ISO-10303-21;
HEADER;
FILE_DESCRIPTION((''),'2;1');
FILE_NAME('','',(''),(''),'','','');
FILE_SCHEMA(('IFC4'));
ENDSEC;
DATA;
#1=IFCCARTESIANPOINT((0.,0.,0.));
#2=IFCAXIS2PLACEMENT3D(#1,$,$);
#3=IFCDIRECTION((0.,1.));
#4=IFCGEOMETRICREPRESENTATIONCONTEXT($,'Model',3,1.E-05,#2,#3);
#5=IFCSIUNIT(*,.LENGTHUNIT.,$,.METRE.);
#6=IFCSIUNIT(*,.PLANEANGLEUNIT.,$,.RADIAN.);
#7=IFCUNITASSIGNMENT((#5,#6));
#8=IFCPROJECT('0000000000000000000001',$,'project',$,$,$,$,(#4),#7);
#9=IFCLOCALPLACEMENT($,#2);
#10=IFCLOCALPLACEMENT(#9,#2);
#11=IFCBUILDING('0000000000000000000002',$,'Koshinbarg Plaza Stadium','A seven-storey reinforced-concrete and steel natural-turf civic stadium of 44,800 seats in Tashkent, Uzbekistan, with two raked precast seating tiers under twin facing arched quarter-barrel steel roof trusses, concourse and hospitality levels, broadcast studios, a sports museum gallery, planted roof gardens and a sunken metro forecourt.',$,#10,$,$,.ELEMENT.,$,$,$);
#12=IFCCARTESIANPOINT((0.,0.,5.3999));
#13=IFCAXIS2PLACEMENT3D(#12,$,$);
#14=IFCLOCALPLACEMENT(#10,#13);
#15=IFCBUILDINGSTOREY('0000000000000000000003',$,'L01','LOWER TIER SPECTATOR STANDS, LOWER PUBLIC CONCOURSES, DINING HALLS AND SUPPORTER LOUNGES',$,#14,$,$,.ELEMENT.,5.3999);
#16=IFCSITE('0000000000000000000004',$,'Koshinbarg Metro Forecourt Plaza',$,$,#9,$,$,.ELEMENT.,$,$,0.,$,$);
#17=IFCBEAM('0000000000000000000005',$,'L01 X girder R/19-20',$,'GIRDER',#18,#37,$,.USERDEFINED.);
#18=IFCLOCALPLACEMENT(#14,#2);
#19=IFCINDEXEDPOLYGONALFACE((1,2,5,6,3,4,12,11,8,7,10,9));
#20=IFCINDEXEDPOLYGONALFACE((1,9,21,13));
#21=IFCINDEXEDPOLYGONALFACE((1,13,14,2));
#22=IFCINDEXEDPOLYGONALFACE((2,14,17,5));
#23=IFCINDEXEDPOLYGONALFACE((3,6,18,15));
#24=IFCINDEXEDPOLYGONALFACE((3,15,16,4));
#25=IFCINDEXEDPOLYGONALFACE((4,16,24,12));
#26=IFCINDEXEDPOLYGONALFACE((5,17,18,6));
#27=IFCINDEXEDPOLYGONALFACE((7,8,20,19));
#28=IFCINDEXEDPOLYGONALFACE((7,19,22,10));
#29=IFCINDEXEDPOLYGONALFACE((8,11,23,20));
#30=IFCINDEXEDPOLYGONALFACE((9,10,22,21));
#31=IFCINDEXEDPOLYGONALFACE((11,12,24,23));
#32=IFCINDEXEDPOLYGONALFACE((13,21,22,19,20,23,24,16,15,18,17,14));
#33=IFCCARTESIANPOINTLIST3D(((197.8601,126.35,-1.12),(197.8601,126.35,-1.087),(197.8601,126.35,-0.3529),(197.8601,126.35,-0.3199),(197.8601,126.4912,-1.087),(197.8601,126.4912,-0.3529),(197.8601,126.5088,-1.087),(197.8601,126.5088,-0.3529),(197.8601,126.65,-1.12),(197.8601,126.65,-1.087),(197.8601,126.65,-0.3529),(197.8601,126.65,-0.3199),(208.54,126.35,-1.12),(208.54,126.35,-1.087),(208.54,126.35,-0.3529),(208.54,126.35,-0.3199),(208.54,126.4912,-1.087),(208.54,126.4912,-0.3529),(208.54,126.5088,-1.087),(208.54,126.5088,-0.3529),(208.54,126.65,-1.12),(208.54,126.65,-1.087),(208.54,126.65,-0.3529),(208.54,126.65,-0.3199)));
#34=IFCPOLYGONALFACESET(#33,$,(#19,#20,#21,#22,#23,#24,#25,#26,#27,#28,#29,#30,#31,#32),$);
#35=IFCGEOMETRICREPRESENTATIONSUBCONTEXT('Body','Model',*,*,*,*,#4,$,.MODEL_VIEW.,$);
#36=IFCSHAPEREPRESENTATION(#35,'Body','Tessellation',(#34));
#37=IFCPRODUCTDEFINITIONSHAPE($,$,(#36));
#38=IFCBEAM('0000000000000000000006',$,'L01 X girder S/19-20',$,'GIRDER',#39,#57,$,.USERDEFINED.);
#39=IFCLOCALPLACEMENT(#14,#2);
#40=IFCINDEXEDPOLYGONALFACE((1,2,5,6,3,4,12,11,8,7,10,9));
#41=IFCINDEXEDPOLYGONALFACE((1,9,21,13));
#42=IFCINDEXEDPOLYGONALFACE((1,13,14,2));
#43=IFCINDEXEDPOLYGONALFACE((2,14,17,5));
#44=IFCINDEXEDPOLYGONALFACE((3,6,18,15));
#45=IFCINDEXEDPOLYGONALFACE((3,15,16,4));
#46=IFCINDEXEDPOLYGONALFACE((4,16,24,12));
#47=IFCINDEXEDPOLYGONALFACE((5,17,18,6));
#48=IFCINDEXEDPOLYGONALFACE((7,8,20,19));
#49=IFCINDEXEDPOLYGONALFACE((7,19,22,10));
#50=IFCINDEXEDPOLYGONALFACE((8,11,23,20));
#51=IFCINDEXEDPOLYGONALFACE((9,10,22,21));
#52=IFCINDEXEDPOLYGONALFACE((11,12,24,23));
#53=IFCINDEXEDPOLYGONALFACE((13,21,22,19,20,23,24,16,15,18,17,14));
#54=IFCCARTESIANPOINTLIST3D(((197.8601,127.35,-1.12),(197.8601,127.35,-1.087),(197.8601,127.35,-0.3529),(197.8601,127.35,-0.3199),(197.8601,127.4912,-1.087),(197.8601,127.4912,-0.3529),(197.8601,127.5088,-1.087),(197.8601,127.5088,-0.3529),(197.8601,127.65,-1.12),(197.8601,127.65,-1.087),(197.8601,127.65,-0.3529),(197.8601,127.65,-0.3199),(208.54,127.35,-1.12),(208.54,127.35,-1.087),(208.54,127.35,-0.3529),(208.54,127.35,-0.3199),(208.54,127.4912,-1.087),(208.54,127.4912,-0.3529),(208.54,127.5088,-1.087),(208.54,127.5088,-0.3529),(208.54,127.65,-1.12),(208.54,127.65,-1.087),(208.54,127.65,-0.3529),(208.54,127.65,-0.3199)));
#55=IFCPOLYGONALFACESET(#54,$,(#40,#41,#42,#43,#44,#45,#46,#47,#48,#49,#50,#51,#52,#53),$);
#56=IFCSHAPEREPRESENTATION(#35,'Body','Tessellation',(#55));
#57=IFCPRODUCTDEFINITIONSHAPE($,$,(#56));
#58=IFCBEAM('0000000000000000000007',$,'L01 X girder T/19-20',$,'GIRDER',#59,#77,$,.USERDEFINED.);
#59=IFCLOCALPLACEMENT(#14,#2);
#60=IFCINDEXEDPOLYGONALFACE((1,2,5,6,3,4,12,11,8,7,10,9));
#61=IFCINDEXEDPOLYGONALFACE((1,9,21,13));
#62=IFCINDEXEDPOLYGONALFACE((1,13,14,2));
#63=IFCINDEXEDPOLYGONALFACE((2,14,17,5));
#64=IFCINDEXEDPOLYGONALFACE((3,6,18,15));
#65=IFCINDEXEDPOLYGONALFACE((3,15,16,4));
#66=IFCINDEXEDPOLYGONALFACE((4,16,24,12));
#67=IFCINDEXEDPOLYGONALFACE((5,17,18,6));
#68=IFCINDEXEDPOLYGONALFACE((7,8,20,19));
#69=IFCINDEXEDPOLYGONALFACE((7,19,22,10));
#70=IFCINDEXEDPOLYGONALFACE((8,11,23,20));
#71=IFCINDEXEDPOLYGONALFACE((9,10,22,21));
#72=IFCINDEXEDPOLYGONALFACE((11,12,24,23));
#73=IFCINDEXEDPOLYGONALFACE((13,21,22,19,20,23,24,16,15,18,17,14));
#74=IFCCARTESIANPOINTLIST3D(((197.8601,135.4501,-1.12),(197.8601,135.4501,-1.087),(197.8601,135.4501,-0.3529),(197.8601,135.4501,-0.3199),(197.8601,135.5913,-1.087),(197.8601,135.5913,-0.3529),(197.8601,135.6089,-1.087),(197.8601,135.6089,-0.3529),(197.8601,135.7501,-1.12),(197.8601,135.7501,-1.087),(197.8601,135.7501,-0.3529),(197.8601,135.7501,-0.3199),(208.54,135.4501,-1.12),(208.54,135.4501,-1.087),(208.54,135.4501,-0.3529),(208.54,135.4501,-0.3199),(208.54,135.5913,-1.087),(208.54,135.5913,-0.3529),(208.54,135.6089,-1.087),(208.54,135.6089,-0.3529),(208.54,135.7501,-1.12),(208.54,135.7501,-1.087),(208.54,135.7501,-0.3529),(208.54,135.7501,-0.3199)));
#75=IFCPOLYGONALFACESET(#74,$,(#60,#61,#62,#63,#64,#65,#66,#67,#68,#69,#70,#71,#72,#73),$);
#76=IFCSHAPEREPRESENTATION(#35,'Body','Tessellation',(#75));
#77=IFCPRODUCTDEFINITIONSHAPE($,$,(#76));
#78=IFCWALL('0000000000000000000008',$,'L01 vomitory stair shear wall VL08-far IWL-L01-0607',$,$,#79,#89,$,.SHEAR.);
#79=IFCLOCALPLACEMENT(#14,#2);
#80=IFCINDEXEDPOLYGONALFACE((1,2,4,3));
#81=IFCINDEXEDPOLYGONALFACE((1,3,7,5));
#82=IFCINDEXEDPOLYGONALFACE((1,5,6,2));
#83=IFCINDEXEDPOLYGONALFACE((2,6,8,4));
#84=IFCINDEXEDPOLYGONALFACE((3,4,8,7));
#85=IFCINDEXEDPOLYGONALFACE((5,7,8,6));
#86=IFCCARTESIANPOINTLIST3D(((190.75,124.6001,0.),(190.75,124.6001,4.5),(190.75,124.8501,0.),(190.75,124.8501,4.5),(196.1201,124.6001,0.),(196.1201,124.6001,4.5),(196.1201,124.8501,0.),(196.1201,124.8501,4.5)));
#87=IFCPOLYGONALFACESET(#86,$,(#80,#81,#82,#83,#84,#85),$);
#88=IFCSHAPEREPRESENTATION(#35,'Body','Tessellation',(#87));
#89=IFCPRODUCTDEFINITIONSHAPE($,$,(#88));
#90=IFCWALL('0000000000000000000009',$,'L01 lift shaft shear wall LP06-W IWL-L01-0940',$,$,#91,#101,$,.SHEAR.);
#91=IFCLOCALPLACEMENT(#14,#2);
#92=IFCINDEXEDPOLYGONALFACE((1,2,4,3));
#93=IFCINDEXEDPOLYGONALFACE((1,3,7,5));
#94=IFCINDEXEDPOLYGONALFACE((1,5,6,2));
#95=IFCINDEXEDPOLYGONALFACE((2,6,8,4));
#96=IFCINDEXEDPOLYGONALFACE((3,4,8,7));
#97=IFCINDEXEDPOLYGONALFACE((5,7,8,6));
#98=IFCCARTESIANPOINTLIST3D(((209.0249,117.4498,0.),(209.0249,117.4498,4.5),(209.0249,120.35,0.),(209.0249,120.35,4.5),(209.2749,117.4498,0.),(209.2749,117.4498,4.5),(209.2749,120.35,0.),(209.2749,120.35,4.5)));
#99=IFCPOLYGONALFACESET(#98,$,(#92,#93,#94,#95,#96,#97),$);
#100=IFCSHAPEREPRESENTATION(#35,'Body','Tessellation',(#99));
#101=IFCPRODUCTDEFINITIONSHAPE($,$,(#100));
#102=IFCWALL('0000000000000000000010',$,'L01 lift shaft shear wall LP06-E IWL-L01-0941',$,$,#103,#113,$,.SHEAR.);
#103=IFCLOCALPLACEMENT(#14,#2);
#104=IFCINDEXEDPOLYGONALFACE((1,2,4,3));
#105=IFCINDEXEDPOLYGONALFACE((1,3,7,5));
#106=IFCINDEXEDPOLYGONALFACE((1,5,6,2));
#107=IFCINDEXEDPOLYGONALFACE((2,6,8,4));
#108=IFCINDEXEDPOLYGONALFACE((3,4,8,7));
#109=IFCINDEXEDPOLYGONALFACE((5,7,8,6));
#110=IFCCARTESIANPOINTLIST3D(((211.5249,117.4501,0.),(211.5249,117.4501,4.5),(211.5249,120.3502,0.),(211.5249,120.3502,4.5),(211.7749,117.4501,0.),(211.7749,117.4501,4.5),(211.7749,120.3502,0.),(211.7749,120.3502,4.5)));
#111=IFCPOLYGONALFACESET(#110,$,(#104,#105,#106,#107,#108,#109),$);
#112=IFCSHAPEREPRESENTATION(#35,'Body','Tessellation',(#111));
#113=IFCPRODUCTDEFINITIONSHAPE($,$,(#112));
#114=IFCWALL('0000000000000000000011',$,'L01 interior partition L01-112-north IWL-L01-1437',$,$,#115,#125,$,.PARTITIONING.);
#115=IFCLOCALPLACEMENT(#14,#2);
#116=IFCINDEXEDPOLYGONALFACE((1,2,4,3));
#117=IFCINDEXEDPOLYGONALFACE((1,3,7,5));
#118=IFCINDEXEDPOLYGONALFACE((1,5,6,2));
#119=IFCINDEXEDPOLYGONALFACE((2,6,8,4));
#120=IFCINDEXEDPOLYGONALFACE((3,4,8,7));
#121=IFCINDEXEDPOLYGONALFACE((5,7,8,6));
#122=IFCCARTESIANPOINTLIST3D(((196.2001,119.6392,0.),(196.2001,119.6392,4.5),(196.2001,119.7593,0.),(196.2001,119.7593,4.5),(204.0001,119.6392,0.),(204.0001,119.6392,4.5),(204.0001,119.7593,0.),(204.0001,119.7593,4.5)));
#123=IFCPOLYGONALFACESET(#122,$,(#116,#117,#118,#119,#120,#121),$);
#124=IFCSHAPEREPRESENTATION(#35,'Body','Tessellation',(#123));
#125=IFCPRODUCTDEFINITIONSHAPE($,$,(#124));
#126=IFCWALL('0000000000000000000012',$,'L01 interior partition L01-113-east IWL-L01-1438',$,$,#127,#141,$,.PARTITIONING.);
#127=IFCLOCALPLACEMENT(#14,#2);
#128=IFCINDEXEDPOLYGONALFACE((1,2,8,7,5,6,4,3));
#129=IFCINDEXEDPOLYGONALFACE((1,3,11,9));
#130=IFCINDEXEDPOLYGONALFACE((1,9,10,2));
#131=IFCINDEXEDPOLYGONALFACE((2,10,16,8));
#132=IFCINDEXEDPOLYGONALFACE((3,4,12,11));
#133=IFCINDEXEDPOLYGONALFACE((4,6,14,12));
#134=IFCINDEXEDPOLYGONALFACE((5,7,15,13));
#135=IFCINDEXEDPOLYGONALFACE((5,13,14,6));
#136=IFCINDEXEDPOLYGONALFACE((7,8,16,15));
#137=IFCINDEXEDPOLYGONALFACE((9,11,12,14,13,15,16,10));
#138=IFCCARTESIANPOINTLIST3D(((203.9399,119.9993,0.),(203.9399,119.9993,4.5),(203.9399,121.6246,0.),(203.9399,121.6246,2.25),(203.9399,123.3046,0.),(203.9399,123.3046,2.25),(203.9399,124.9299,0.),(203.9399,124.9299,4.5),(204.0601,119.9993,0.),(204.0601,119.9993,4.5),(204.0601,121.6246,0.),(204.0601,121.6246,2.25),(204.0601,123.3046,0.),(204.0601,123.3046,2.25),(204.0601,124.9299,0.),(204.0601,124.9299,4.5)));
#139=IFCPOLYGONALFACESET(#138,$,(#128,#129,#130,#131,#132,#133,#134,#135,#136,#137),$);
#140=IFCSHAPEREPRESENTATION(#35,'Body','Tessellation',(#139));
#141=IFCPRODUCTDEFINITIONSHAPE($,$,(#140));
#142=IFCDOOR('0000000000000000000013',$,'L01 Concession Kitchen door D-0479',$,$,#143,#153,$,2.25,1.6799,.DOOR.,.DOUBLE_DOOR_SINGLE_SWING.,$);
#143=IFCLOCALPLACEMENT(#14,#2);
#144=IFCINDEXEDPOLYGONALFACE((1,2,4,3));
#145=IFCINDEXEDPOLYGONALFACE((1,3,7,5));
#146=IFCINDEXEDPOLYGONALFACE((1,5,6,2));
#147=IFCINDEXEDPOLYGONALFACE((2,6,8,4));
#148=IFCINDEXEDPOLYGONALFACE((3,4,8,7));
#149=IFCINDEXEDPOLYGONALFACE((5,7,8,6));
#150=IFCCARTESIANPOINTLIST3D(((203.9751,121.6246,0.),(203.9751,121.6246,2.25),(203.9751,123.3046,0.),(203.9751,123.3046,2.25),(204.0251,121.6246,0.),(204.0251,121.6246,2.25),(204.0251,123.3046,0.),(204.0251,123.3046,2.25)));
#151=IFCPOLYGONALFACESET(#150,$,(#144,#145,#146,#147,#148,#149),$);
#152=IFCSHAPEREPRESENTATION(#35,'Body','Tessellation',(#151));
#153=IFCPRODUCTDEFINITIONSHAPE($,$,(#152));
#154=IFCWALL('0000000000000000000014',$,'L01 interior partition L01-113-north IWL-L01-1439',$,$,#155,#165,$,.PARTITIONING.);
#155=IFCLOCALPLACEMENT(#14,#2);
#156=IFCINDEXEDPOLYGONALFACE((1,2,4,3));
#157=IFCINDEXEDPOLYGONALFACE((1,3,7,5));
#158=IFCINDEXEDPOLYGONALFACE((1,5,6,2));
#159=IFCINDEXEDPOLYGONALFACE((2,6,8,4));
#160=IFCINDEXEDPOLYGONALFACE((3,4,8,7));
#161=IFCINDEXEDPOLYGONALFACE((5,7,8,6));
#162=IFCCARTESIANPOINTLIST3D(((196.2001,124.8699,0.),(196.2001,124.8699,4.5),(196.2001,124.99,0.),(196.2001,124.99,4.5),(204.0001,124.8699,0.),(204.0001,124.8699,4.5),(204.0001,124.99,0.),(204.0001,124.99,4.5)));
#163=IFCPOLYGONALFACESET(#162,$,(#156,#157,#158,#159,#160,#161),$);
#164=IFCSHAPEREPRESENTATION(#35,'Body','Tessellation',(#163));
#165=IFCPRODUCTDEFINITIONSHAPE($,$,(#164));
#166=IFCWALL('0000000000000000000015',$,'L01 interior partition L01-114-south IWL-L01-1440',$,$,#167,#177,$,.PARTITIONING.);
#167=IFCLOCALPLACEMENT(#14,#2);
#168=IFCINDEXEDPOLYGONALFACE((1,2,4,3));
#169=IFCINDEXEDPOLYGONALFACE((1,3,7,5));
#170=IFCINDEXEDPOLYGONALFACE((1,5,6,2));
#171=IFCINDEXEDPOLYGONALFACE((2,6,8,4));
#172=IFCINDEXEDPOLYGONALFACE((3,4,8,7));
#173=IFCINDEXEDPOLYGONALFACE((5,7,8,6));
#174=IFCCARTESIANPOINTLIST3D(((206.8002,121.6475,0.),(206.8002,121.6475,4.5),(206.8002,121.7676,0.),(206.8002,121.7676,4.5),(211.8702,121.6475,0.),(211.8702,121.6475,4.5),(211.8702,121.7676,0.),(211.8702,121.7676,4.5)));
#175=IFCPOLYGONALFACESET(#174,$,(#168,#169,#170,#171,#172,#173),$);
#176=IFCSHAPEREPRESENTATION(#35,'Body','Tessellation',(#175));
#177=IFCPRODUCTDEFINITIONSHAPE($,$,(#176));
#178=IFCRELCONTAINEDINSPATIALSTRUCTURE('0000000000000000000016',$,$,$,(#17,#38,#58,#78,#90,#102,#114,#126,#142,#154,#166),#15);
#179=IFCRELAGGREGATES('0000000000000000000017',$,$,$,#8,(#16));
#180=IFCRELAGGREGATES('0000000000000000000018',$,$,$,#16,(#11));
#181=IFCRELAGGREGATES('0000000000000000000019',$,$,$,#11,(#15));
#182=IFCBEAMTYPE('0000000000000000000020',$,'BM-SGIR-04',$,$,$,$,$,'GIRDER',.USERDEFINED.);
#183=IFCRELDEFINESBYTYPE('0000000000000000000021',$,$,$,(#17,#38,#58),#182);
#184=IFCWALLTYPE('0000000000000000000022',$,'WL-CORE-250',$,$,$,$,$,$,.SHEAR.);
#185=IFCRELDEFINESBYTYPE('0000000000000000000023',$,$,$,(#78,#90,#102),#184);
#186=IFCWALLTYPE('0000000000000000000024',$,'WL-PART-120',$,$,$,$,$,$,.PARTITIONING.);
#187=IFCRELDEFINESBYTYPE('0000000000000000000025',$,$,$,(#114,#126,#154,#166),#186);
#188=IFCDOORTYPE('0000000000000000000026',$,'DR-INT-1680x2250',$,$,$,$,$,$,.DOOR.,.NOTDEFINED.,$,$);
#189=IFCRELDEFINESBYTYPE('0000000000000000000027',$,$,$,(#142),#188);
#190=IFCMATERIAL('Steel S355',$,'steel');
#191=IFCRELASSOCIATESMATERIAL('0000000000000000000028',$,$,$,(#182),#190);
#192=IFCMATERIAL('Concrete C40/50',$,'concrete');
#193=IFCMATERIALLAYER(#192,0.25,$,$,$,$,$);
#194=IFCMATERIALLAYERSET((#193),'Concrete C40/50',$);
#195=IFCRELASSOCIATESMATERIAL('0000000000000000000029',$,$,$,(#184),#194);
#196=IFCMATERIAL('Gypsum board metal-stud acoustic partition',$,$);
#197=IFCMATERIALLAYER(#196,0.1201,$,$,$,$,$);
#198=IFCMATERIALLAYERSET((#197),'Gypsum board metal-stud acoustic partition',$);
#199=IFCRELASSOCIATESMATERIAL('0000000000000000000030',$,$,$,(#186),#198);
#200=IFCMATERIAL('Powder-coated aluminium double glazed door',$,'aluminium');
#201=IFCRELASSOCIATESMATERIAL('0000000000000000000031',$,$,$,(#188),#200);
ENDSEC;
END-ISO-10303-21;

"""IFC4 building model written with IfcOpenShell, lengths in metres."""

from ifc_helpers import new_model, si_unit, direction, frame, frame_2d, origin, origin_2d, place, context, subcontext, project, spatial, rectangle, i_section, extrude, material, layer, layer_set, material_profile, profile_set, type_object, element, fill, save


model = new_model("IFC4")

# Units and contexts
model_context = context("Model", 3, precision=1e-05, world=origin(), true_north=direction((0.0, 1.0)))
body_context = subcontext(model_context, "Body", "Model", "MODEL_VIEW")
ifc_project = project(units=[si_unit("LENGTHUNIT", "METRE"), si_unit("PLANEANGLEUNIT", "RADIAN")], contexts=[model_context])

# Site, building, storey
site_placement = place(None, origin())
site = spatial("IfcSite", under=ifc_project, at=site_placement, Name="Koshinbarg Metro Forecourt Plaza", CompositionType="ELEMENT", RefElevation=0.0)
building_placement = place(site_placement, origin())
building = spatial("IfcBuilding", under=site, at=building_placement, Name="Koshinbarg Plaza Stadium", Description="A seven-storey reinforced-concrete and steel natural-turf civic stadium of 44,800 seats in Tashkent, Uzbekistan, with two raked precast seating tiers under twin facing arched quarter-barrel steel roof trusses, concourse and hospitality levels, broadcast studios, a sports museum gallery, planted roof gardens and a sunken metro forecourt.", CompositionType="ELEMENT")
storey_placement = place(building_placement, frame((0.0, 0.0, 5.3999)))
storey = spatial("IfcBuildingStorey", under=building, at=storey_placement, Name="L01", Description="LOWER TIER SPECTATOR STANDS, LOWER PUBLIC CONCOURSES, DINING HALLS AND SUPPORTER LOUNGES", CompositionType="ELEMENT", Elevation=5.3999)

# Shared definitions
ifc_material_1 = material(Name="Concrete C40/50", Category="concrete")

# Beams
ifc_material_2 = material(Name="Steel S355", Category="steel")
ifc_material_profile_1 = material_profile(ifc_material_2, i_section(OverallWidth=0.3, OverallDepth=0.8, WebThickness=0.0176, FlangeThickness=0.033, at=origin_2d()), Name="HEB 800")
ifc_profile_set_1 = profile_set([ifc_material_profile_1], Name="Steel S355")
beam_type_1 = type_object("IfcBeamType", Name="BM-SGIR-04", ElementType="GIRDER", PredefinedType="USERDEFINED", material=ifc_profile_set_1)
for number, where, z_axis, x_axis, name in (
    (1, (197.8601, 126.5, -0.72), (1.0, 0.0, 0.0), (0.0, 1.0, 0.0), "L01 X girder R/19-20"),
    (2, (197.8601, 127.5, -0.72), (1.0, 0.0, 0.0), (0.0, 1.0, 0.0), "L01 X girder S/19-20"),
    (3, (197.8601, 135.6001, -0.72), (1.0, 0.0, 0.0), (0.0, 1.0, 0.0), "L01 X girder T/19-20"),
):
    element("IfcBeam", number, at=place(storey_placement, frame(where, z_axis=z_axis, x_axis=x_axis)), inside=storey, type_object=beam_type_1, Name=name, ObjectType="GIRDER", PredefinedType="USERDEFINED", context=body_context, shape_type="SweptSolid", body=[
        extrude(i_section(OverallWidth=0.3, OverallDepth=0.8, WebThickness=0.0176, FlangeThickness=0.033, at=origin_2d()), origin(), (0.0, 0.0, 1.0), 10.6799),
    ])

# Wall
ifc_layer_1 = layer(ifc_material_1, 0.25)
ifc_layer_set_1 = layer_set([ifc_layer_1], Name="Concrete C40/50")
wall_type_1 = type_object("IfcWallType", Name="WL-CORE-250", PredefinedType="SHEAR", material=ifc_layer_set_1)
wall_1_placement = place(storey_placement, frame((196.1201, 124.7251, 0.0), z_axis=(0.0, 0.0, 1.0), x_axis=(-1.0, 0.0, 0.0)))
element("IfcWall", 4, at=wall_1_placement, inside=storey, type_object=wall_type_1, Name="L01 vomitory stair shear wall VL08-far IWL-L01-0607", PredefinedType="SHEAR", context=body_context, shape_type="SweptSolid", body=[
    extrude(rectangle(XDim=5.3701, YDim=0.25, at=frame_2d((2.6851, 0.0))), origin(), (0.0, 0.0, 1.0), 4.5),
])

# Walls
for number, where, z_axis, x_axis, name in (
    (5, (209.1499, 120.3501, 0.0), (0.0, 0.0, 1.0), (0.0, -1.0, 0.0), "L01 lift shaft shear wall LP06-W IWL-L01-0940"),
    (6, (211.6499, 117.45, 0.0), (0.0, 0.0, 1.0), (0.0, 1.0, 0.0), "L01 lift shaft shear wall LP06-E IWL-L01-0941"),
):
    element("IfcWall", number, at=place(storey_placement, frame(where, z_axis=z_axis, x_axis=x_axis)), inside=storey, type_object=wall_type_1, Name=name, PredefinedType="SHEAR", context=body_context, shape_type="SweptSolid", body=[
        extrude(rectangle(XDim=2.9001, YDim=0.25, at=frame_2d((1.4502, 0.0))), origin(), (0.0, 0.0, 1.0), 4.5),
    ])
ifc_material_3 = material(Name="Gypsum board metal-stud acoustic partition")
ifc_layer_2 = layer(ifc_material_3, 0.1201)
ifc_layer_set_2 = layer_set([ifc_layer_2], Name="Gypsum board metal-stud acoustic partition")
wall_type_2 = type_object("IfcWallType", Name="WL-PART-120", PredefinedType="PARTITIONING", material=ifc_layer_set_2)
wall_2_placement = place(storey_placement, frame((204.0, 119.6992, 0.0), z_axis=(0.0, 0.0, 1.0), x_axis=(-1.0, 0.0, 0.0)))
element("IfcWall", 7, at=wall_2_placement, inside=storey, type_object=wall_type_2, Name="L01 interior partition L01-112-north IWL-L01-1437", PredefinedType="PARTITIONING", context=body_context, shape_type="SweptSolid", body=[
    extrude(rectangle(XDim=7.8, YDim=0.1201, at=frame_2d((3.8999, 0.0))), origin(), (0.0, 0.0, 1.0), 4.5),
])

# Wall, opening, door
wall_3_placement = place(storey_placement, frame((204.0, 119.9993, 0.0), z_axis=(0.0, 0.0, 1.0), x_axis=(0.0, 1.0, 0.0)))
wall_3 = element("IfcWall", 8, at=wall_3_placement, inside=storey, type_object=wall_type_2, Name="L01 interior partition L01-113-east IWL-L01-1438", PredefinedType="PARTITIONING", context=body_context, shape_type="SweptSolid", body=[
    extrude(rectangle(XDim=4.9307, YDim=0.1201, at=frame_2d((2.4653, 0.0))), origin(), (0.0, 0.0, 1.0), 4.5),
])
opening_1_placement = place(wall_3_placement, frame((1.6255, 0.0, 0.0)))
opening_1 = element("IfcOpeningElement", 9, at=opening_1_placement, cuts=wall_3, PredefinedType="OPENING", context=body_context, shape_type="SweptSolid", body=[
    extrude(rectangle(XDim=1.6799, YDim=2.25, at=frame_2d((0.8398, 1.125))), frame((0.0, 0.0701, 0.0), z_axis=(0.0, -1.0, 0.0), x_axis=(1.0, 0.0, 0.0)), (0.0, 0.0, 1.0), 0.1401),
])
ifc_material_4 = material(Name="Powder-coated aluminium double glazed door", Category="aluminium")
door_type_1 = type_object("IfcDoorType", Name="DR-INT-1680x2250", OperationType="NOTDEFINED", PredefinedType="DOOR", material=ifc_material_4)
door_1_placement = place(opening_1_placement, origin())
door_1 = element("IfcDoor", 10, at=door_1_placement, inside=storey, type_object=door_type_1, Name="L01 Concession Kitchen door D-0479", OperationType="DOUBLE_DOOR_SINGLE_SWING", OverallHeight=2.25, OverallWidth=1.6799, PredefinedType="DOOR", context=body_context, shape_type="SweptSolid", body=[
    extrude(rectangle(XDim=1.6799, YDim=2.25, at=frame_2d((0.8398, 1.125))), frame((0.0, 0.0249, 0.0), z_axis=(0.0, -1.0, 0.0), x_axis=(1.0, 0.0, 0.0)), (0.0, 0.0, 1.0), 0.05),
])
fill(opening_1, door_1)

# Walls
wall_4_placement = place(storey_placement, frame((204.0, 124.9299, 0.0), z_axis=(0.0, 0.0, 1.0), x_axis=(-1.0, 0.0, 0.0)))
element("IfcWall", 11, at=wall_4_placement, inside=storey, type_object=wall_type_2, Name="L01 interior partition L01-113-north IWL-L01-1439", PredefinedType="PARTITIONING", context=body_context, shape_type="SweptSolid", body=[
    extrude(rectangle(XDim=7.8, YDim=0.1201, at=frame_2d((3.8999, 0.0))), origin(), (0.0, 0.0, 1.0), 4.5),
])
wall_5_placement = place(storey_placement, frame((206.8, 121.7075, 0.0), z_axis=(0.0, 0.0, 1.0), x_axis=(1.0, 0.0, 0.0)))
element("IfcWall", 12, at=wall_5_placement, inside=storey, type_object=wall_type_2, Name="L01 interior partition L01-114-south IWL-L01-1440", PredefinedType="PARTITIONING", context=body_context, shape_type="SweptSolid", body=[
    extrude(rectangle(XDim=5.0701, YDim=0.1201, at=frame_2d((2.5352, 0.0))), origin(), (0.0, 0.0, 1.0), 4.5),
])

save(model, "model.ifc")
